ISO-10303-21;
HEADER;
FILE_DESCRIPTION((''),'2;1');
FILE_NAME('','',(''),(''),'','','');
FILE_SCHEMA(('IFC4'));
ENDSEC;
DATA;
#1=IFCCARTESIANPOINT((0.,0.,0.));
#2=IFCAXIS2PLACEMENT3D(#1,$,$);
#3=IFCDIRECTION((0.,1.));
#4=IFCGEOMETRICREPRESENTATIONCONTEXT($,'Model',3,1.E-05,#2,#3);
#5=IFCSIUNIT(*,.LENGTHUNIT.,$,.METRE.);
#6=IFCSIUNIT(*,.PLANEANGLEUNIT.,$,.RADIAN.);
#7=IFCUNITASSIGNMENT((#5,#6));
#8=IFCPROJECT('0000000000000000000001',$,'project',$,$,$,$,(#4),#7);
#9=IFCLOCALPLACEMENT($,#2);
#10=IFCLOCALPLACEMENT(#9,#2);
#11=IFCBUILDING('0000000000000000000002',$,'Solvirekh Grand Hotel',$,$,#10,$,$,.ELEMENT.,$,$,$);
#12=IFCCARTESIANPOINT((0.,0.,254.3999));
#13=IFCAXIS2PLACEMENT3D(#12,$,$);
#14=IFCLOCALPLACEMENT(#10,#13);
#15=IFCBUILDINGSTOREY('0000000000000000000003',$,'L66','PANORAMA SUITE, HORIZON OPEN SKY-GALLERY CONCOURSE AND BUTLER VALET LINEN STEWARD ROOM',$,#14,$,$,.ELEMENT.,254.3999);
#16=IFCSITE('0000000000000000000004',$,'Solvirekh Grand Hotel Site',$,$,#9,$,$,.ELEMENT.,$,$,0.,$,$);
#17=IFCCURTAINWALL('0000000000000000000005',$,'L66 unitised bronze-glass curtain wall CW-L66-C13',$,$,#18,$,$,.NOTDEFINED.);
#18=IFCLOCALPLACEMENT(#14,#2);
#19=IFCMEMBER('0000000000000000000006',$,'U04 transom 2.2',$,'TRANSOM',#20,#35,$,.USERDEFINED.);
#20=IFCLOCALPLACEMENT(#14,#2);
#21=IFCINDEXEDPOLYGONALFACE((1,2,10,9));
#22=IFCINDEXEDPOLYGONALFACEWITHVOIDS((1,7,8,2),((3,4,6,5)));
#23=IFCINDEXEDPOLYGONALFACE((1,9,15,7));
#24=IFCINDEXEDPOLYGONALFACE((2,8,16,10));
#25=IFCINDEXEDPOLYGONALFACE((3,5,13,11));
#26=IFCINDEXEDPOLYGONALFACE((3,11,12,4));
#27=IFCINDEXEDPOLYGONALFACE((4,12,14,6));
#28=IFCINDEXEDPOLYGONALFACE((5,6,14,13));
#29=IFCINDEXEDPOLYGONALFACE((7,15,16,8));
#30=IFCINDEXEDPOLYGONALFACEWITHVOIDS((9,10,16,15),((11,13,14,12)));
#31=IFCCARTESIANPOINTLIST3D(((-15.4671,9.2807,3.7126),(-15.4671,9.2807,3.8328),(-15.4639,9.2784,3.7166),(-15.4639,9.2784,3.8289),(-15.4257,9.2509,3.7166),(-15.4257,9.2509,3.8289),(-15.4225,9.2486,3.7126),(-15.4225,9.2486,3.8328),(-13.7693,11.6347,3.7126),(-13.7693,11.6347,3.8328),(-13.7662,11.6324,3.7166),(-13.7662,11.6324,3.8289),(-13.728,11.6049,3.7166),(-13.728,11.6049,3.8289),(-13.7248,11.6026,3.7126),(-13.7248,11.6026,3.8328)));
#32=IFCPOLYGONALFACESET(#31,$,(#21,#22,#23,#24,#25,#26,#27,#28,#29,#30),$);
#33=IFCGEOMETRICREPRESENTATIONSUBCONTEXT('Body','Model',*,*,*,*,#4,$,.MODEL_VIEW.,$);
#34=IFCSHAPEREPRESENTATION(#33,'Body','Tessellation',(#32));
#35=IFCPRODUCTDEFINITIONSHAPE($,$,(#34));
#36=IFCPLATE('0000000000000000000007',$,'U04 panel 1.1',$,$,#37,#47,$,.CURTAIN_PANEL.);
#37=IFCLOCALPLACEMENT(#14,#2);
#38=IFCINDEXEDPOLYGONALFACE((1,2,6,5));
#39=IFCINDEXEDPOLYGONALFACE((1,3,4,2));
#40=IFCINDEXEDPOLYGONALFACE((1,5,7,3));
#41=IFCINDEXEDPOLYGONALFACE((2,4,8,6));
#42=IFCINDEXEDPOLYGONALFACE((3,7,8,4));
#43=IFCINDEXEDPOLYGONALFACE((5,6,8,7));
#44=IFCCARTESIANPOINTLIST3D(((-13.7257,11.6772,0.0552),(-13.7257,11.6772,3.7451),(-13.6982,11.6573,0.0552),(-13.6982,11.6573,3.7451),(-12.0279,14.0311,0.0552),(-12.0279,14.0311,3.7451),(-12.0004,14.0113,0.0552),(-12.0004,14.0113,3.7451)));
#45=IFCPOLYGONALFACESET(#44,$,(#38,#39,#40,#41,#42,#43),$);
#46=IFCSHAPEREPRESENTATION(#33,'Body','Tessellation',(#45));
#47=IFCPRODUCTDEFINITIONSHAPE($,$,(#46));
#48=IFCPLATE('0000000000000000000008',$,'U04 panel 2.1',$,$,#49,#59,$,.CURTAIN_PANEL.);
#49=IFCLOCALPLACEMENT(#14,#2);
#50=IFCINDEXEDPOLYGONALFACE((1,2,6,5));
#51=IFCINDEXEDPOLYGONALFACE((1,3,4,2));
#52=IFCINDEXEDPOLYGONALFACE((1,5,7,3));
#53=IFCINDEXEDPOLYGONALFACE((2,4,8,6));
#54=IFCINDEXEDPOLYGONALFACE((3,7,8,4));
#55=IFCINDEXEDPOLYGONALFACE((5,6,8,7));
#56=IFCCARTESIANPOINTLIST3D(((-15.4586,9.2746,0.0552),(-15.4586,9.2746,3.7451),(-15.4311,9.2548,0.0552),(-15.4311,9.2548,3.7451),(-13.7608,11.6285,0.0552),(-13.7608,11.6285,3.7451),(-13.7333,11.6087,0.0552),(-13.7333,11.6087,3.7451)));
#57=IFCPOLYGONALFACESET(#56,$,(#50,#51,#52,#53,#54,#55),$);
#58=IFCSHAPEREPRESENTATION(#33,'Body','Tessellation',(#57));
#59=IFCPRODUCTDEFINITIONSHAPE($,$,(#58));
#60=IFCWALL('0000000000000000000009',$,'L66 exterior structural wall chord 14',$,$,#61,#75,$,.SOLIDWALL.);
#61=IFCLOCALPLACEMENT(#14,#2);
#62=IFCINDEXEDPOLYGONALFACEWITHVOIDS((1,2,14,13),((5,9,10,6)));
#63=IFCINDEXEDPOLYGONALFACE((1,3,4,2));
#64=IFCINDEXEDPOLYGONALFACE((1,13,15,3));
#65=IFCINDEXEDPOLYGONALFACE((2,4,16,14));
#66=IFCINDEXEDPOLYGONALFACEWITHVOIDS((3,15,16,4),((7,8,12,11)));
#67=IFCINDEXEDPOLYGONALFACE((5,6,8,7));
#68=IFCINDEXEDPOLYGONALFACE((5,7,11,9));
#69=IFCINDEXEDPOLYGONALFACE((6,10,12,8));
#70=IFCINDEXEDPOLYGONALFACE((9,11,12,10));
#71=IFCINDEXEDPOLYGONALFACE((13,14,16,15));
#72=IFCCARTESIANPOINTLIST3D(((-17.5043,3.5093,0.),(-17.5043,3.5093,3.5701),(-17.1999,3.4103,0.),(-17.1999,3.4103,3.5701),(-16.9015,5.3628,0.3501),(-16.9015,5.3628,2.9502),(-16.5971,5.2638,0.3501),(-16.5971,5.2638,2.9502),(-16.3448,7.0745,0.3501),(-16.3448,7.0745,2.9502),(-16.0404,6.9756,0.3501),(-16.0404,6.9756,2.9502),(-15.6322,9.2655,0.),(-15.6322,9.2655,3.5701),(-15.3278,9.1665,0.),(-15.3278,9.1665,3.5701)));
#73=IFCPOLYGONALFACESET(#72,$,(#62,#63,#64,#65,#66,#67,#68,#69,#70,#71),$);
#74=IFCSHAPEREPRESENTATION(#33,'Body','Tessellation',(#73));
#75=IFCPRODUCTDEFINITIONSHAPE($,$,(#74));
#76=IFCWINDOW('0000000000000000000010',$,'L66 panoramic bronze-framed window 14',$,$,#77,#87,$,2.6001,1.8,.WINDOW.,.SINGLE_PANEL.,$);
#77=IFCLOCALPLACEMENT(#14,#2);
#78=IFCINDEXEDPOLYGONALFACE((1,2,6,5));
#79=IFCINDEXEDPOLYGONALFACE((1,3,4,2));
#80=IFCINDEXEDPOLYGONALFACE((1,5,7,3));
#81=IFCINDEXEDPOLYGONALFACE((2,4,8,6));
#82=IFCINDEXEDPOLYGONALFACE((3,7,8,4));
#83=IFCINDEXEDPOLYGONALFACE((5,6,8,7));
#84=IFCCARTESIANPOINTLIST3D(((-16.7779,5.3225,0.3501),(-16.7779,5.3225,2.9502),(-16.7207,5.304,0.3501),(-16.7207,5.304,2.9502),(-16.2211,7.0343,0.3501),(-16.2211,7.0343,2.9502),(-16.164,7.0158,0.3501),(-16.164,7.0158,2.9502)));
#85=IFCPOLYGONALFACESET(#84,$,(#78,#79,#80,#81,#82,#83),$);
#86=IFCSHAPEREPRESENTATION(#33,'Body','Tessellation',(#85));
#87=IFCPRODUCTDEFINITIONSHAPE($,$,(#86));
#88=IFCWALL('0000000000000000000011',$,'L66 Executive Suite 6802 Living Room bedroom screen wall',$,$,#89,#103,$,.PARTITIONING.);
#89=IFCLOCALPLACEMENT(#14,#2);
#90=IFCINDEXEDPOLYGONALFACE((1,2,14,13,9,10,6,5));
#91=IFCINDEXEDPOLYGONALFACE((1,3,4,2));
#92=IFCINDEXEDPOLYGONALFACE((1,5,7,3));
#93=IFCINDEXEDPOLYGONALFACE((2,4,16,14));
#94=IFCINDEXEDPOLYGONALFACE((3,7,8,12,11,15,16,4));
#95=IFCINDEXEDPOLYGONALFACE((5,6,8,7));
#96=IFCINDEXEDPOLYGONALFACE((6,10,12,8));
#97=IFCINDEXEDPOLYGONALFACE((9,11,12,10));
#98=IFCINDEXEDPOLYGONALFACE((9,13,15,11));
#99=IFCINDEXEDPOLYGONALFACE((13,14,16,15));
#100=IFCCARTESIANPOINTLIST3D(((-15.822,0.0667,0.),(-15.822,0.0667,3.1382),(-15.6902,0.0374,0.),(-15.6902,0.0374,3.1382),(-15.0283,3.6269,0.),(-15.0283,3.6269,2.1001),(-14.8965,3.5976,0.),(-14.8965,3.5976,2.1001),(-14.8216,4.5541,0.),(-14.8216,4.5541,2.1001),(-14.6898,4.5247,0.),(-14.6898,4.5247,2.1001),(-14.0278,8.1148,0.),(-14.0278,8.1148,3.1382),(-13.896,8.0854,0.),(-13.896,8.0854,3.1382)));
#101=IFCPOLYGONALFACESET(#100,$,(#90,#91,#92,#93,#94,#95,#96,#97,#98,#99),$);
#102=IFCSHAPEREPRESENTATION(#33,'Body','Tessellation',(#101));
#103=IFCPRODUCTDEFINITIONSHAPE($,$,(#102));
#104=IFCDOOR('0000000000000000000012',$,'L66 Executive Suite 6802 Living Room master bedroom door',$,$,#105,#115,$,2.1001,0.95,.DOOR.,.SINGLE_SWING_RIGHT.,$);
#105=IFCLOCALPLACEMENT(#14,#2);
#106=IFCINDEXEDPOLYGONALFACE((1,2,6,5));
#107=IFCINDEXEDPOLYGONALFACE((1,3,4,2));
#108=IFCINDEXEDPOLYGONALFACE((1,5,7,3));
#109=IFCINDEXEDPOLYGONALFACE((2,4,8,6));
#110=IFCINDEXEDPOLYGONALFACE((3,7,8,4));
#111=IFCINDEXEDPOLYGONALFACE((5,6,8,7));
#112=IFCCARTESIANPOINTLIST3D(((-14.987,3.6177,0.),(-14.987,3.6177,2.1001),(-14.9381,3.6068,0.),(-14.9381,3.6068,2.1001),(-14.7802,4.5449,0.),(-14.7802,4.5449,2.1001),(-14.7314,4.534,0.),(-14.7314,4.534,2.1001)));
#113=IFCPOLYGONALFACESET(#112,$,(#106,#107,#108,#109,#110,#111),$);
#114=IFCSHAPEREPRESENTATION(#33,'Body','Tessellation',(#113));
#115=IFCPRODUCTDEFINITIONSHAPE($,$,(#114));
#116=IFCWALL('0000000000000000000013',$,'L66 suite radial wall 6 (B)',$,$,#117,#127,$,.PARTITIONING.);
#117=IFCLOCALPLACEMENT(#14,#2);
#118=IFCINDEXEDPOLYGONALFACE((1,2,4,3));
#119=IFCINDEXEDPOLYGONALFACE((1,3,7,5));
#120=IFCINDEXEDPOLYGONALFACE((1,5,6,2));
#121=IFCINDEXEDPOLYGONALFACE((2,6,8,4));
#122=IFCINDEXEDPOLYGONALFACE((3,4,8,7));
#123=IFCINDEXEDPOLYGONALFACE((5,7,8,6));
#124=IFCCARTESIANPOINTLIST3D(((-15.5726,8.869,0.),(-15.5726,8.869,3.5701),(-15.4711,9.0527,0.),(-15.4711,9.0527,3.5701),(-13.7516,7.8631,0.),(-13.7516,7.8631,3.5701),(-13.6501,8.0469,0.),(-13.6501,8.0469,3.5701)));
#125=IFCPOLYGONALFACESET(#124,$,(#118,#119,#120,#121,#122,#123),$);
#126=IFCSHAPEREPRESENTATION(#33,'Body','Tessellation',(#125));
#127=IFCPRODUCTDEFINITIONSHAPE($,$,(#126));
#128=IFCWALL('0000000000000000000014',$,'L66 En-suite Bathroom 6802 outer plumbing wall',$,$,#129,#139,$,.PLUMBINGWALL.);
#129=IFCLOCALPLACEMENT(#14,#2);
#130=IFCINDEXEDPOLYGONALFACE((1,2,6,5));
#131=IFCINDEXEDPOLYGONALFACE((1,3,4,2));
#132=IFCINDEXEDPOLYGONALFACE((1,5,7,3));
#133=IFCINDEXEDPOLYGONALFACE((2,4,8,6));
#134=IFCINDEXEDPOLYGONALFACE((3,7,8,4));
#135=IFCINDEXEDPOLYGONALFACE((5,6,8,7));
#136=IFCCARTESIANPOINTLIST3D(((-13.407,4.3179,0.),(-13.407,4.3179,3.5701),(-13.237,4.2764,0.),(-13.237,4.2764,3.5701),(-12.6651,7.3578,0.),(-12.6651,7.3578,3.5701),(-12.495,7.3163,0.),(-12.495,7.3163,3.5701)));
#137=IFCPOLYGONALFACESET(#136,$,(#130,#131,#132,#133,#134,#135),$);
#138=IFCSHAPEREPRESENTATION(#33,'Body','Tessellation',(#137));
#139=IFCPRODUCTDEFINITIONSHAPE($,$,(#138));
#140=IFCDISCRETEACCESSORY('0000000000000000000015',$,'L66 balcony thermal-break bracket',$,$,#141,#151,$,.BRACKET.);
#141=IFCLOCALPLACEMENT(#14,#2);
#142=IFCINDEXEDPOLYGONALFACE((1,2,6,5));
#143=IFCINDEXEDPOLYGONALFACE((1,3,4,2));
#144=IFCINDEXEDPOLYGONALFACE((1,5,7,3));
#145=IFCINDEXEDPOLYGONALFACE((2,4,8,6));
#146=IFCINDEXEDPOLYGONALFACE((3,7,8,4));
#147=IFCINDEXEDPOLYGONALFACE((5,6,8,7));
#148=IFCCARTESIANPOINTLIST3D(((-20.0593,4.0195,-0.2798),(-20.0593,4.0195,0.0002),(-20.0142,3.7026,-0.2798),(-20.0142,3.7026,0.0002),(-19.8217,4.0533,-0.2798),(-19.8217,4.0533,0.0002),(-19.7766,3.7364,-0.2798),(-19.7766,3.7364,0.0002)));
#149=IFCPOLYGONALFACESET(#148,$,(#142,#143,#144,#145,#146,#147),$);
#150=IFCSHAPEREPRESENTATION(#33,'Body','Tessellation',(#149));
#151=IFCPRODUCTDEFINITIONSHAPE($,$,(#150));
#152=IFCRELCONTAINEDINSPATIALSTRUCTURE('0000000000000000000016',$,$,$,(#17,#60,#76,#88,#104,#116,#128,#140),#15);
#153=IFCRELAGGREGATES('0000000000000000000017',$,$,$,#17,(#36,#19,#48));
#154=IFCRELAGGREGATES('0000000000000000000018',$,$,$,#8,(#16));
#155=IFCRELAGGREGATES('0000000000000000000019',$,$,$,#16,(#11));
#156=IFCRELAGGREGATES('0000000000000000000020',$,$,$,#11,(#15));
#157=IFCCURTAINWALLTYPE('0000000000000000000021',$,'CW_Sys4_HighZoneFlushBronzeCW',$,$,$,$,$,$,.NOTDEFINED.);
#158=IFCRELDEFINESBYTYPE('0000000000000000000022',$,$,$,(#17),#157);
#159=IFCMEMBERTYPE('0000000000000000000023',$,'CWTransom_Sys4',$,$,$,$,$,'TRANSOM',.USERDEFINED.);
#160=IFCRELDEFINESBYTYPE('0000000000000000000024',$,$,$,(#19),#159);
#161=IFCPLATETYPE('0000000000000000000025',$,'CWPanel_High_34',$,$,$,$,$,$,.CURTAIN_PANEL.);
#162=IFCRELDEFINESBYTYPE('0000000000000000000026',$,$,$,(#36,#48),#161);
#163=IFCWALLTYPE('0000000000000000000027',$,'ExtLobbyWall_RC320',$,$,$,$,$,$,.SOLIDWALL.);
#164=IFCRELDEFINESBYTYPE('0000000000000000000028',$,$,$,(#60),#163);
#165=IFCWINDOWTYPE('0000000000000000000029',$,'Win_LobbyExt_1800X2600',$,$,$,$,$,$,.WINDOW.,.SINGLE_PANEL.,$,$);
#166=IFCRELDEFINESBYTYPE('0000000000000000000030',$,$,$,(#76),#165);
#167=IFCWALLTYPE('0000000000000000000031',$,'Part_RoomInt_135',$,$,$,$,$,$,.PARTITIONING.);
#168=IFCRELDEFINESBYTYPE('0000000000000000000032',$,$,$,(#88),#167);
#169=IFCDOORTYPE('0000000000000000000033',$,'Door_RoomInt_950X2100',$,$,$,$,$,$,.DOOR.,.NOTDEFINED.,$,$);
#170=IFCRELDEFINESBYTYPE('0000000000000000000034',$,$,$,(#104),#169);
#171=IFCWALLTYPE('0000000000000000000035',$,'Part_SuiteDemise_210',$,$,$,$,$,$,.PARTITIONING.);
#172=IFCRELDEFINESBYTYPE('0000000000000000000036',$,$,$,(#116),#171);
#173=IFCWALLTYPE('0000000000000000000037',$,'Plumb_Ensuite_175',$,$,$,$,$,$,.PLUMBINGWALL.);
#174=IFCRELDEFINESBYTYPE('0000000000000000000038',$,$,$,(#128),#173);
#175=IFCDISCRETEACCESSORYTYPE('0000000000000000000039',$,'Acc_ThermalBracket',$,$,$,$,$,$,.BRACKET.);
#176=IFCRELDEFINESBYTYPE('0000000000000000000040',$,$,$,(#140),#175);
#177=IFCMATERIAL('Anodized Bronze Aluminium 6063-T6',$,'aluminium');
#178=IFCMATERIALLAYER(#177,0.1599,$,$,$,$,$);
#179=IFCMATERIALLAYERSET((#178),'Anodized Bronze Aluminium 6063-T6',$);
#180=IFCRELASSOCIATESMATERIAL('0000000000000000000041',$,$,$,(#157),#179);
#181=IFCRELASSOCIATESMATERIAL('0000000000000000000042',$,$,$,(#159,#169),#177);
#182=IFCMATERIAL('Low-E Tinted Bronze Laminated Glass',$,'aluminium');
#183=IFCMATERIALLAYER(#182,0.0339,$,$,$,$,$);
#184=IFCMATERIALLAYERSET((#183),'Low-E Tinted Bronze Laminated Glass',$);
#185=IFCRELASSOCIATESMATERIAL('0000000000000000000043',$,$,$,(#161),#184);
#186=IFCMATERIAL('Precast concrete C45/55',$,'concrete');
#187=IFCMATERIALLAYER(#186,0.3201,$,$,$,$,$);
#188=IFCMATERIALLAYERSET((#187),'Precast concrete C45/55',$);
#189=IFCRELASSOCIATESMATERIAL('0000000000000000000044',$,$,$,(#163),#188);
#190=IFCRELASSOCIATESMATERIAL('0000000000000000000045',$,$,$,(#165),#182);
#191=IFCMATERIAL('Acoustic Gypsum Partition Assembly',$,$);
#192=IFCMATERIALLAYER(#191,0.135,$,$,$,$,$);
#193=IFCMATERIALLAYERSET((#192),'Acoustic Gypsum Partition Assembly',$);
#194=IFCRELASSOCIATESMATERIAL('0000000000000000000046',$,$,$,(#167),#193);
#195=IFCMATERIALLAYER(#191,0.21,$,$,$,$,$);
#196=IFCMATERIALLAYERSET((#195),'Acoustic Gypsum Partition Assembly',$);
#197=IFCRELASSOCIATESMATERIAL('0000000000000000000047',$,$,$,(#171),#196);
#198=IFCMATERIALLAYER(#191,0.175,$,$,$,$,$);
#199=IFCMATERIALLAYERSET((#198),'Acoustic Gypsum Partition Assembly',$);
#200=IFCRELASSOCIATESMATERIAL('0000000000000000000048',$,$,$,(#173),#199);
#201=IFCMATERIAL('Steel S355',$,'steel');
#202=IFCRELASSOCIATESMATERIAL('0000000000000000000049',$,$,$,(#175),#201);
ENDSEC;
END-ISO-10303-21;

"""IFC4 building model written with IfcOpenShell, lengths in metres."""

from ifc_helpers import new_model, si_unit, direction, frame, frame_2d, origin, origin_2d, place, context, subcontext, project, spatial, rectangle, hollow_rectangle, extrude, source, transform, mapped, material, layer, layer_set, material_profile, profile_set, type_object, element, fill, aggregate, save


model = new_model("IFC4")

# Units and contexts
model_context = context("Model", 3, precision=1e-05, world=origin(), true_north=direction((0.0, 1.0)))
body_context = subcontext(model_context, "Body", "Model", "MODEL_VIEW")
ifc_project = project(units=[si_unit("LENGTHUNIT", "METRE"), si_unit("PLANEANGLEUNIT", "RADIAN")], contexts=[model_context])

# Site, building, storey
site_placement = place(None, origin())
site = spatial("IfcSite", under=ifc_project, at=site_placement, Name="Solvirekh Grand Hotel Site", CompositionType="ELEMENT", RefElevation=0.0)
building_placement = place(site_placement, origin())
building = spatial("IfcBuilding", under=site, at=building_placement, Name="Solvirekh Grand Hotel", CompositionType="ELEMENT")
storey_placement = place(building_placement, frame((0.0, 0.0, 254.3999)))
storey = spatial("IfcBuildingStorey", under=building, at=storey_placement, Name="L66", Description="PANORAMA SUITE, HORIZON OPEN SKY-GALLERY CONCOURSE AND BUTLER VALET LINEN STEWARD ROOM", CompositionType="ELEMENT", Elevation=254.3999)

# Shared definitions
ifc_material_1 = material(Name="Steel S355", Category="steel")

# Curtain wall, member, plates
ifc_material_2 = material(Name="Anodized Bronze Aluminium 6063-T6", Category="aluminium")
ifc_layer_1 = layer(ifc_material_2, 0.1599)
ifc_layer_set_1 = layer_set([ifc_layer_1], Name="Anodized Bronze Aluminium 6063-T6")
curtain_wall_type = type_object("IfcCurtainWallType", Name="CW_Sys4_HighZoneFlushBronzeCW", PredefinedType="NOTDEFINED", material=ifc_layer_set_1)
curtain_wall_placement = place(storey_placement, origin())
curtain_wall = element("IfcCurtainWall", 1, at=curtain_wall_placement, inside=storey, type_object=curtain_wall_type, Name="L66 unitised bronze-glass curtain wall CW-L66-C13", PredefinedType="NOTDEFINED")
ifc_material_profile_1 = material_profile(ifc_material_2, hollow_rectangle(XDim=0.0549, YDim=0.1201, WallThickness=0.0039, at=origin_2d()), Name="ALU RHS 120X55X4")
ifc_profile_set_1 = profile_set([ifc_material_profile_1], Name="Anodized Bronze Aluminium 6063-T6")
member_type_1 = type_object("IfcMemberType", Name="CWTransom_Sys4", ElementType="TRANSOM", PredefinedType="USERDEFINED", material=ifc_profile_set_1)
shared_shape_1 = source(origin(), body_context, "Body", "SweptSolid", [
    extrude(hollow_rectangle(XDim=0.0549, YDim=0.1201, WallThickness=0.0039, at=origin_2d()), origin(), (0.0, 0.0, 1.0), 2.9023),
])
member_1_placement = place(storey_placement, frame((-13.7471, 11.6187, 3.7727), z_axis=(-0.584956, -0.811065, 0.0), x_axis=(0.811065, -0.584956, 0.0)))
member_1 = element("IfcMember", 2, at=member_1_placement, type_object=member_type_1, Name="U04 transom 2.2", ObjectType="TRANSOM", PredefinedType="USERDEFINED", context=body_context, shape_type="MappedRepresentation", body=[
    mapped(shared_shape_1, transform((0.0, 0.0, 0.0), x_axis=(1.0, 0.0, 0.0), y_axis=(0.0, 1.0, 0.0), z_axis=(0.0, 0.0, 1.0), scale=1.0)),
])
ifc_material_3 = material(Name="Low-E Tinted Bronze Laminated Glass", Category="aluminium")
ifc_layer_2 = layer(ifc_material_3, 0.0339)
ifc_layer_set_2 = layer_set([ifc_layer_2], Name="Low-E Tinted Bronze Laminated Glass")
plate_type = type_object("IfcPlateType", Name="CWPanel_High_34", PredefinedType="CURTAIN_PANEL", material=ifc_layer_set_2)
shared_shape_2 = source(origin(), body_context, "Body", "SweptSolid", [
    extrude(rectangle(XDim=2.9023, YDim=0.0339, at=origin_2d()), origin(), (0.0, 0.0, 1.0), 3.6899),
])
plate_1_placement = place(storey_placement, frame((-12.863, 12.8442, 0.0552), z_axis=(0.0, 0.0, 1.0), x_axis=(-0.584978, -0.811049, 0.0)))
plate_1 = element("IfcPlate", 3, at=plate_1_placement, type_object=plate_type, Name="U04 panel 1.1", PredefinedType="CURTAIN_PANEL", context=body_context, shape_type="MappedRepresentation", body=[
    mapped(shared_shape_2, transform((0.0, 0.0, 0.0), x_axis=(1.0, 0.0, 0.0), y_axis=(0.0, 1.0, 0.0), z_axis=(0.0, 0.0, 1.0), scale=1.0)),
])
plate_2_placement = place(storey_placement, frame((-14.5959, 10.4417, 0.0552), z_axis=(0.0, 0.0, 1.0), x_axis=(-0.584978, -0.811049, 0.0)))
plate_2 = element("IfcPlate", 4, at=plate_2_placement, type_object=plate_type, Name="U04 panel 2.1", PredefinedType="CURTAIN_PANEL", context=body_context, shape_type="MappedRepresentation", body=[
    mapped(shared_shape_2, transform((0.0, 0.0, 0.0), x_axis=(1.0, 0.0, 0.0), y_axis=(0.0, 1.0, 0.0), z_axis=(0.0, 0.0, 1.0), scale=1.0)),
])
aggregate(curtain_wall, [plate_1, member_1, plate_2])

# Wall, opening, window
ifc_material_4 = material(Name="Precast concrete C45/55", Category="concrete")
ifc_layer_3 = layer(ifc_material_4, 0.3201)
ifc_layer_set_3 = layer_set([ifc_layer_3], Name="Precast concrete C45/55")
wall_type_1 = type_object("IfcWallType", Name="ExtLobbyWall_RC320", PredefinedType="SOLIDWALL", material=ifc_layer_set_3)
wall_1_placement = place(storey_placement, frame((-17.3521, 3.46, 0.0), z_axis=(0.0, 0.0, 1.0), x_axis=(0.309286, 0.950969, 0.0)))
wall_1 = element("IfcWall", 5, at=wall_1_placement, inside=storey, type_object=wall_type_1, Name="L66 exterior structural wall chord 14", PredefinedType="SOLIDWALL", context=body_context, shape_type="SweptSolid", body=[
    extrude(rectangle(XDim=6.053, YDim=0.3201, at=frame_2d((3.0264, 0.0))), origin(), (0.0, 0.0, 1.0), 3.5701),
])
opening_1_placement = place(wall_1_placement, frame((1.949, 0.0, 0.3501)))
opening_1 = element("IfcOpeningElement", 6, at=opening_1_placement, cuts=wall_1, PredefinedType="OPENING", context=body_context, shape_type="SweptSolid", body=[
    extrude(rectangle(XDim=1.8, YDim=2.6001, at=frame_2d((0.8999, 1.3))), frame((0.0, 0.1699, 0.0), z_axis=(0.0, -1.0, 0.0), x_axis=(1.0, 0.0, 0.0)), (0.0, 0.0, 1.0), 0.3401),
])
window_type = type_object("IfcWindowType", Name="Win_LobbyExt_1800X2600", PartitioningType="SINGLE_PANEL", PredefinedType="WINDOW", material=ifc_material_3)
window_placement = place(opening_1_placement, origin())
window = element("IfcWindow", 7, at=window_placement, inside=storey, type_object=window_type, Name="L66 panoramic bronze-framed window 14", OverallHeight=2.6001, OverallWidth=1.8, PartitioningType="SINGLE_PANEL", PredefinedType="WINDOW", context=body_context, shape_type="SweptSolid", body=[
    extrude(rectangle(XDim=1.8, YDim=2.6001, at=frame_2d((0.8999, 1.3))), frame((0.0, 0.03, 0.0), z_axis=(0.0, -1.0, 0.0), x_axis=(1.0, 0.0, 0.0)), (0.0, 0.0, 1.0), 0.0601),
])
fill(opening_1, window)

# Wall, opening, door
ifc_material_5 = material(Name="Acoustic Gypsum Partition Assembly")
ifc_layer_4 = layer(ifc_material_5, 0.135)
ifc_layer_set_4 = layer_set([ifc_layer_4], Name="Acoustic Gypsum Partition Assembly")
wall_type_2 = type_object("IfcWallType", Name="Part_RoomInt_135", PredefinedType="PARTITIONING", material=ifc_layer_set_4)
wall_2_placement = place(storey_placement, frame((-13.9619, 8.1001, 0.0), z_axis=(0.0, 0.0, 1.0), x_axis=(-0.217592, -0.97604, 0.0)))
wall_2 = element("IfcWall", 8, at=wall_2_placement, inside=storey, type_object=wall_type_2, Name="L66 Executive Suite 6802 Living Room bedroom screen wall", PredefinedType="PARTITIONING", context=body_context, shape_type="SweptSolid", body=[
    extrude(rectangle(XDim=8.2456, YDim=0.135, at=frame_2d((4.1228, 0.0))), origin(), (0.0, 0.0, 1.0), 3.1382),
])
opening_2_placement = place(wall_2_placement, frame((3.6479, 0.0, 0.0)))
opening_2 = element("IfcOpeningElement", 9, at=opening_2_placement, cuts=wall_2, PredefinedType="OPENING", context=body_context, shape_type="SweptSolid", body=[
    extrude(rectangle(XDim=0.95, YDim=2.1001, at=frame_2d((0.4751, 1.05))), frame((0.0, 0.0776, 0.0), z_axis=(0.0, -1.0, 0.0), x_axis=(1.0, 0.0, 0.0)), (0.0, 0.0, 1.0), 0.155),
])
door_type = type_object("IfcDoorType", Name="Door_RoomInt_950X2100", OperationType="NOTDEFINED", PredefinedType="DOOR", material=ifc_material_2)
door_placement = place(opening_2_placement, origin())
door = element("IfcDoor", 10, at=door_placement, inside=storey, type_object=door_type, Name="L66 Executive Suite 6802 Living Room master bedroom door", OperationType="SINGLE_SWING_RIGHT", OverallHeight=2.1001, OverallWidth=0.95, PredefinedType="DOOR", context=body_context, shape_type="SweptSolid", body=[
    extrude(rectangle(XDim=0.95, YDim=2.1001, at=frame_2d((0.4751, 1.05))), frame((0.0, 0.0249, 0.0), z_axis=(0.0, -1.0, 0.0), x_axis=(1.0, 0.0, 0.0)), (0.0, 0.0, 1.0), 0.05),
])
fill(opening_2, door)

# Walls
ifc_layer_5 = layer(ifc_material_5, 0.21)
ifc_layer_set_5 = layer_set([ifc_layer_5], Name="Acoustic Gypsum Partition Assembly")
wall_type_3 = type_object("IfcWallType", Name="Part_SuiteDemise_210", PredefinedType="PARTITIONING", material=ifc_layer_set_5)
wall_3_placement = place(storey_placement, frame((-13.7009, 7.9551, 0.0), z_axis=(0.0, 0.0, 1.0), x_axis=(-0.875345, 0.483499, 0.0)))
element("IfcWall", 11, at=wall_3_placement, inside=storey, type_object=wall_type_3, Name="L66 suite radial wall 6 (B)", PredefinedType="PARTITIONING", context=body_context, shape_type="SweptSolid", body=[
    extrude(rectangle(XDim=2.0803, YDim=0.21, at=frame_2d((1.04, 0.0))), origin(), (0.0, 0.0, 1.0), 3.5701),
])
ifc_layer_6 = layer(ifc_material_5, 0.175)
ifc_layer_set_6 = layer_set([ifc_layer_6], Name="Acoustic Gypsum Partition Assembly")
wall_type_4 = type_object("IfcWallType", Name="Plumb_Ensuite_175", PredefinedType="PLUMBINGWALL", material=ifc_layer_set_6)
wall_4_placement = place(storey_placement, frame((-12.5801, 7.3369, 0.0), z_axis=(0.0, 0.0, 1.0), x_axis=(-0.237116, -0.971481, 0.0)))
element("IfcWall", 12, at=wall_4_placement, inside=storey, type_object=wall_type_4, Name="L66 En-suite Bathroom 6802 outer plumbing wall", PredefinedType="PLUMBINGWALL", context=body_context, shape_type="SweptSolid", body=[
    extrude(rectangle(XDim=3.1292, YDim=0.175, at=frame_2d((1.5645, 0.0))), origin(), (0.0, 0.0, 1.0), 3.5701),
])

# Discrete accessory
discrete_accessory_type = type_object("IfcDiscreteAccessoryType", Name="Acc_ThermalBracket", PredefinedType="BRACKET", material=ifc_material_1)
discrete_accessory_placement = place(storey_placement, frame((-19.918, 3.8779, -0.2798), z_axis=(0.0, 0.0, 1.0), x_axis=(0.140901, -0.990024, 0.0)))
element("IfcDiscreteAccessory", 13, at=discrete_accessory_placement, inside=storey, type_object=discrete_accessory_type, Name="L66 balcony thermal-break bracket", PredefinedType="BRACKET", context=body_context, shape_type="SweptSolid", body=[
    extrude(rectangle(XDim=0.3201, YDim=0.24, at=origin_2d()), origin(), (0.0, 0.0, 1.0), 0.28),
])

save(model, "model.ifc")
